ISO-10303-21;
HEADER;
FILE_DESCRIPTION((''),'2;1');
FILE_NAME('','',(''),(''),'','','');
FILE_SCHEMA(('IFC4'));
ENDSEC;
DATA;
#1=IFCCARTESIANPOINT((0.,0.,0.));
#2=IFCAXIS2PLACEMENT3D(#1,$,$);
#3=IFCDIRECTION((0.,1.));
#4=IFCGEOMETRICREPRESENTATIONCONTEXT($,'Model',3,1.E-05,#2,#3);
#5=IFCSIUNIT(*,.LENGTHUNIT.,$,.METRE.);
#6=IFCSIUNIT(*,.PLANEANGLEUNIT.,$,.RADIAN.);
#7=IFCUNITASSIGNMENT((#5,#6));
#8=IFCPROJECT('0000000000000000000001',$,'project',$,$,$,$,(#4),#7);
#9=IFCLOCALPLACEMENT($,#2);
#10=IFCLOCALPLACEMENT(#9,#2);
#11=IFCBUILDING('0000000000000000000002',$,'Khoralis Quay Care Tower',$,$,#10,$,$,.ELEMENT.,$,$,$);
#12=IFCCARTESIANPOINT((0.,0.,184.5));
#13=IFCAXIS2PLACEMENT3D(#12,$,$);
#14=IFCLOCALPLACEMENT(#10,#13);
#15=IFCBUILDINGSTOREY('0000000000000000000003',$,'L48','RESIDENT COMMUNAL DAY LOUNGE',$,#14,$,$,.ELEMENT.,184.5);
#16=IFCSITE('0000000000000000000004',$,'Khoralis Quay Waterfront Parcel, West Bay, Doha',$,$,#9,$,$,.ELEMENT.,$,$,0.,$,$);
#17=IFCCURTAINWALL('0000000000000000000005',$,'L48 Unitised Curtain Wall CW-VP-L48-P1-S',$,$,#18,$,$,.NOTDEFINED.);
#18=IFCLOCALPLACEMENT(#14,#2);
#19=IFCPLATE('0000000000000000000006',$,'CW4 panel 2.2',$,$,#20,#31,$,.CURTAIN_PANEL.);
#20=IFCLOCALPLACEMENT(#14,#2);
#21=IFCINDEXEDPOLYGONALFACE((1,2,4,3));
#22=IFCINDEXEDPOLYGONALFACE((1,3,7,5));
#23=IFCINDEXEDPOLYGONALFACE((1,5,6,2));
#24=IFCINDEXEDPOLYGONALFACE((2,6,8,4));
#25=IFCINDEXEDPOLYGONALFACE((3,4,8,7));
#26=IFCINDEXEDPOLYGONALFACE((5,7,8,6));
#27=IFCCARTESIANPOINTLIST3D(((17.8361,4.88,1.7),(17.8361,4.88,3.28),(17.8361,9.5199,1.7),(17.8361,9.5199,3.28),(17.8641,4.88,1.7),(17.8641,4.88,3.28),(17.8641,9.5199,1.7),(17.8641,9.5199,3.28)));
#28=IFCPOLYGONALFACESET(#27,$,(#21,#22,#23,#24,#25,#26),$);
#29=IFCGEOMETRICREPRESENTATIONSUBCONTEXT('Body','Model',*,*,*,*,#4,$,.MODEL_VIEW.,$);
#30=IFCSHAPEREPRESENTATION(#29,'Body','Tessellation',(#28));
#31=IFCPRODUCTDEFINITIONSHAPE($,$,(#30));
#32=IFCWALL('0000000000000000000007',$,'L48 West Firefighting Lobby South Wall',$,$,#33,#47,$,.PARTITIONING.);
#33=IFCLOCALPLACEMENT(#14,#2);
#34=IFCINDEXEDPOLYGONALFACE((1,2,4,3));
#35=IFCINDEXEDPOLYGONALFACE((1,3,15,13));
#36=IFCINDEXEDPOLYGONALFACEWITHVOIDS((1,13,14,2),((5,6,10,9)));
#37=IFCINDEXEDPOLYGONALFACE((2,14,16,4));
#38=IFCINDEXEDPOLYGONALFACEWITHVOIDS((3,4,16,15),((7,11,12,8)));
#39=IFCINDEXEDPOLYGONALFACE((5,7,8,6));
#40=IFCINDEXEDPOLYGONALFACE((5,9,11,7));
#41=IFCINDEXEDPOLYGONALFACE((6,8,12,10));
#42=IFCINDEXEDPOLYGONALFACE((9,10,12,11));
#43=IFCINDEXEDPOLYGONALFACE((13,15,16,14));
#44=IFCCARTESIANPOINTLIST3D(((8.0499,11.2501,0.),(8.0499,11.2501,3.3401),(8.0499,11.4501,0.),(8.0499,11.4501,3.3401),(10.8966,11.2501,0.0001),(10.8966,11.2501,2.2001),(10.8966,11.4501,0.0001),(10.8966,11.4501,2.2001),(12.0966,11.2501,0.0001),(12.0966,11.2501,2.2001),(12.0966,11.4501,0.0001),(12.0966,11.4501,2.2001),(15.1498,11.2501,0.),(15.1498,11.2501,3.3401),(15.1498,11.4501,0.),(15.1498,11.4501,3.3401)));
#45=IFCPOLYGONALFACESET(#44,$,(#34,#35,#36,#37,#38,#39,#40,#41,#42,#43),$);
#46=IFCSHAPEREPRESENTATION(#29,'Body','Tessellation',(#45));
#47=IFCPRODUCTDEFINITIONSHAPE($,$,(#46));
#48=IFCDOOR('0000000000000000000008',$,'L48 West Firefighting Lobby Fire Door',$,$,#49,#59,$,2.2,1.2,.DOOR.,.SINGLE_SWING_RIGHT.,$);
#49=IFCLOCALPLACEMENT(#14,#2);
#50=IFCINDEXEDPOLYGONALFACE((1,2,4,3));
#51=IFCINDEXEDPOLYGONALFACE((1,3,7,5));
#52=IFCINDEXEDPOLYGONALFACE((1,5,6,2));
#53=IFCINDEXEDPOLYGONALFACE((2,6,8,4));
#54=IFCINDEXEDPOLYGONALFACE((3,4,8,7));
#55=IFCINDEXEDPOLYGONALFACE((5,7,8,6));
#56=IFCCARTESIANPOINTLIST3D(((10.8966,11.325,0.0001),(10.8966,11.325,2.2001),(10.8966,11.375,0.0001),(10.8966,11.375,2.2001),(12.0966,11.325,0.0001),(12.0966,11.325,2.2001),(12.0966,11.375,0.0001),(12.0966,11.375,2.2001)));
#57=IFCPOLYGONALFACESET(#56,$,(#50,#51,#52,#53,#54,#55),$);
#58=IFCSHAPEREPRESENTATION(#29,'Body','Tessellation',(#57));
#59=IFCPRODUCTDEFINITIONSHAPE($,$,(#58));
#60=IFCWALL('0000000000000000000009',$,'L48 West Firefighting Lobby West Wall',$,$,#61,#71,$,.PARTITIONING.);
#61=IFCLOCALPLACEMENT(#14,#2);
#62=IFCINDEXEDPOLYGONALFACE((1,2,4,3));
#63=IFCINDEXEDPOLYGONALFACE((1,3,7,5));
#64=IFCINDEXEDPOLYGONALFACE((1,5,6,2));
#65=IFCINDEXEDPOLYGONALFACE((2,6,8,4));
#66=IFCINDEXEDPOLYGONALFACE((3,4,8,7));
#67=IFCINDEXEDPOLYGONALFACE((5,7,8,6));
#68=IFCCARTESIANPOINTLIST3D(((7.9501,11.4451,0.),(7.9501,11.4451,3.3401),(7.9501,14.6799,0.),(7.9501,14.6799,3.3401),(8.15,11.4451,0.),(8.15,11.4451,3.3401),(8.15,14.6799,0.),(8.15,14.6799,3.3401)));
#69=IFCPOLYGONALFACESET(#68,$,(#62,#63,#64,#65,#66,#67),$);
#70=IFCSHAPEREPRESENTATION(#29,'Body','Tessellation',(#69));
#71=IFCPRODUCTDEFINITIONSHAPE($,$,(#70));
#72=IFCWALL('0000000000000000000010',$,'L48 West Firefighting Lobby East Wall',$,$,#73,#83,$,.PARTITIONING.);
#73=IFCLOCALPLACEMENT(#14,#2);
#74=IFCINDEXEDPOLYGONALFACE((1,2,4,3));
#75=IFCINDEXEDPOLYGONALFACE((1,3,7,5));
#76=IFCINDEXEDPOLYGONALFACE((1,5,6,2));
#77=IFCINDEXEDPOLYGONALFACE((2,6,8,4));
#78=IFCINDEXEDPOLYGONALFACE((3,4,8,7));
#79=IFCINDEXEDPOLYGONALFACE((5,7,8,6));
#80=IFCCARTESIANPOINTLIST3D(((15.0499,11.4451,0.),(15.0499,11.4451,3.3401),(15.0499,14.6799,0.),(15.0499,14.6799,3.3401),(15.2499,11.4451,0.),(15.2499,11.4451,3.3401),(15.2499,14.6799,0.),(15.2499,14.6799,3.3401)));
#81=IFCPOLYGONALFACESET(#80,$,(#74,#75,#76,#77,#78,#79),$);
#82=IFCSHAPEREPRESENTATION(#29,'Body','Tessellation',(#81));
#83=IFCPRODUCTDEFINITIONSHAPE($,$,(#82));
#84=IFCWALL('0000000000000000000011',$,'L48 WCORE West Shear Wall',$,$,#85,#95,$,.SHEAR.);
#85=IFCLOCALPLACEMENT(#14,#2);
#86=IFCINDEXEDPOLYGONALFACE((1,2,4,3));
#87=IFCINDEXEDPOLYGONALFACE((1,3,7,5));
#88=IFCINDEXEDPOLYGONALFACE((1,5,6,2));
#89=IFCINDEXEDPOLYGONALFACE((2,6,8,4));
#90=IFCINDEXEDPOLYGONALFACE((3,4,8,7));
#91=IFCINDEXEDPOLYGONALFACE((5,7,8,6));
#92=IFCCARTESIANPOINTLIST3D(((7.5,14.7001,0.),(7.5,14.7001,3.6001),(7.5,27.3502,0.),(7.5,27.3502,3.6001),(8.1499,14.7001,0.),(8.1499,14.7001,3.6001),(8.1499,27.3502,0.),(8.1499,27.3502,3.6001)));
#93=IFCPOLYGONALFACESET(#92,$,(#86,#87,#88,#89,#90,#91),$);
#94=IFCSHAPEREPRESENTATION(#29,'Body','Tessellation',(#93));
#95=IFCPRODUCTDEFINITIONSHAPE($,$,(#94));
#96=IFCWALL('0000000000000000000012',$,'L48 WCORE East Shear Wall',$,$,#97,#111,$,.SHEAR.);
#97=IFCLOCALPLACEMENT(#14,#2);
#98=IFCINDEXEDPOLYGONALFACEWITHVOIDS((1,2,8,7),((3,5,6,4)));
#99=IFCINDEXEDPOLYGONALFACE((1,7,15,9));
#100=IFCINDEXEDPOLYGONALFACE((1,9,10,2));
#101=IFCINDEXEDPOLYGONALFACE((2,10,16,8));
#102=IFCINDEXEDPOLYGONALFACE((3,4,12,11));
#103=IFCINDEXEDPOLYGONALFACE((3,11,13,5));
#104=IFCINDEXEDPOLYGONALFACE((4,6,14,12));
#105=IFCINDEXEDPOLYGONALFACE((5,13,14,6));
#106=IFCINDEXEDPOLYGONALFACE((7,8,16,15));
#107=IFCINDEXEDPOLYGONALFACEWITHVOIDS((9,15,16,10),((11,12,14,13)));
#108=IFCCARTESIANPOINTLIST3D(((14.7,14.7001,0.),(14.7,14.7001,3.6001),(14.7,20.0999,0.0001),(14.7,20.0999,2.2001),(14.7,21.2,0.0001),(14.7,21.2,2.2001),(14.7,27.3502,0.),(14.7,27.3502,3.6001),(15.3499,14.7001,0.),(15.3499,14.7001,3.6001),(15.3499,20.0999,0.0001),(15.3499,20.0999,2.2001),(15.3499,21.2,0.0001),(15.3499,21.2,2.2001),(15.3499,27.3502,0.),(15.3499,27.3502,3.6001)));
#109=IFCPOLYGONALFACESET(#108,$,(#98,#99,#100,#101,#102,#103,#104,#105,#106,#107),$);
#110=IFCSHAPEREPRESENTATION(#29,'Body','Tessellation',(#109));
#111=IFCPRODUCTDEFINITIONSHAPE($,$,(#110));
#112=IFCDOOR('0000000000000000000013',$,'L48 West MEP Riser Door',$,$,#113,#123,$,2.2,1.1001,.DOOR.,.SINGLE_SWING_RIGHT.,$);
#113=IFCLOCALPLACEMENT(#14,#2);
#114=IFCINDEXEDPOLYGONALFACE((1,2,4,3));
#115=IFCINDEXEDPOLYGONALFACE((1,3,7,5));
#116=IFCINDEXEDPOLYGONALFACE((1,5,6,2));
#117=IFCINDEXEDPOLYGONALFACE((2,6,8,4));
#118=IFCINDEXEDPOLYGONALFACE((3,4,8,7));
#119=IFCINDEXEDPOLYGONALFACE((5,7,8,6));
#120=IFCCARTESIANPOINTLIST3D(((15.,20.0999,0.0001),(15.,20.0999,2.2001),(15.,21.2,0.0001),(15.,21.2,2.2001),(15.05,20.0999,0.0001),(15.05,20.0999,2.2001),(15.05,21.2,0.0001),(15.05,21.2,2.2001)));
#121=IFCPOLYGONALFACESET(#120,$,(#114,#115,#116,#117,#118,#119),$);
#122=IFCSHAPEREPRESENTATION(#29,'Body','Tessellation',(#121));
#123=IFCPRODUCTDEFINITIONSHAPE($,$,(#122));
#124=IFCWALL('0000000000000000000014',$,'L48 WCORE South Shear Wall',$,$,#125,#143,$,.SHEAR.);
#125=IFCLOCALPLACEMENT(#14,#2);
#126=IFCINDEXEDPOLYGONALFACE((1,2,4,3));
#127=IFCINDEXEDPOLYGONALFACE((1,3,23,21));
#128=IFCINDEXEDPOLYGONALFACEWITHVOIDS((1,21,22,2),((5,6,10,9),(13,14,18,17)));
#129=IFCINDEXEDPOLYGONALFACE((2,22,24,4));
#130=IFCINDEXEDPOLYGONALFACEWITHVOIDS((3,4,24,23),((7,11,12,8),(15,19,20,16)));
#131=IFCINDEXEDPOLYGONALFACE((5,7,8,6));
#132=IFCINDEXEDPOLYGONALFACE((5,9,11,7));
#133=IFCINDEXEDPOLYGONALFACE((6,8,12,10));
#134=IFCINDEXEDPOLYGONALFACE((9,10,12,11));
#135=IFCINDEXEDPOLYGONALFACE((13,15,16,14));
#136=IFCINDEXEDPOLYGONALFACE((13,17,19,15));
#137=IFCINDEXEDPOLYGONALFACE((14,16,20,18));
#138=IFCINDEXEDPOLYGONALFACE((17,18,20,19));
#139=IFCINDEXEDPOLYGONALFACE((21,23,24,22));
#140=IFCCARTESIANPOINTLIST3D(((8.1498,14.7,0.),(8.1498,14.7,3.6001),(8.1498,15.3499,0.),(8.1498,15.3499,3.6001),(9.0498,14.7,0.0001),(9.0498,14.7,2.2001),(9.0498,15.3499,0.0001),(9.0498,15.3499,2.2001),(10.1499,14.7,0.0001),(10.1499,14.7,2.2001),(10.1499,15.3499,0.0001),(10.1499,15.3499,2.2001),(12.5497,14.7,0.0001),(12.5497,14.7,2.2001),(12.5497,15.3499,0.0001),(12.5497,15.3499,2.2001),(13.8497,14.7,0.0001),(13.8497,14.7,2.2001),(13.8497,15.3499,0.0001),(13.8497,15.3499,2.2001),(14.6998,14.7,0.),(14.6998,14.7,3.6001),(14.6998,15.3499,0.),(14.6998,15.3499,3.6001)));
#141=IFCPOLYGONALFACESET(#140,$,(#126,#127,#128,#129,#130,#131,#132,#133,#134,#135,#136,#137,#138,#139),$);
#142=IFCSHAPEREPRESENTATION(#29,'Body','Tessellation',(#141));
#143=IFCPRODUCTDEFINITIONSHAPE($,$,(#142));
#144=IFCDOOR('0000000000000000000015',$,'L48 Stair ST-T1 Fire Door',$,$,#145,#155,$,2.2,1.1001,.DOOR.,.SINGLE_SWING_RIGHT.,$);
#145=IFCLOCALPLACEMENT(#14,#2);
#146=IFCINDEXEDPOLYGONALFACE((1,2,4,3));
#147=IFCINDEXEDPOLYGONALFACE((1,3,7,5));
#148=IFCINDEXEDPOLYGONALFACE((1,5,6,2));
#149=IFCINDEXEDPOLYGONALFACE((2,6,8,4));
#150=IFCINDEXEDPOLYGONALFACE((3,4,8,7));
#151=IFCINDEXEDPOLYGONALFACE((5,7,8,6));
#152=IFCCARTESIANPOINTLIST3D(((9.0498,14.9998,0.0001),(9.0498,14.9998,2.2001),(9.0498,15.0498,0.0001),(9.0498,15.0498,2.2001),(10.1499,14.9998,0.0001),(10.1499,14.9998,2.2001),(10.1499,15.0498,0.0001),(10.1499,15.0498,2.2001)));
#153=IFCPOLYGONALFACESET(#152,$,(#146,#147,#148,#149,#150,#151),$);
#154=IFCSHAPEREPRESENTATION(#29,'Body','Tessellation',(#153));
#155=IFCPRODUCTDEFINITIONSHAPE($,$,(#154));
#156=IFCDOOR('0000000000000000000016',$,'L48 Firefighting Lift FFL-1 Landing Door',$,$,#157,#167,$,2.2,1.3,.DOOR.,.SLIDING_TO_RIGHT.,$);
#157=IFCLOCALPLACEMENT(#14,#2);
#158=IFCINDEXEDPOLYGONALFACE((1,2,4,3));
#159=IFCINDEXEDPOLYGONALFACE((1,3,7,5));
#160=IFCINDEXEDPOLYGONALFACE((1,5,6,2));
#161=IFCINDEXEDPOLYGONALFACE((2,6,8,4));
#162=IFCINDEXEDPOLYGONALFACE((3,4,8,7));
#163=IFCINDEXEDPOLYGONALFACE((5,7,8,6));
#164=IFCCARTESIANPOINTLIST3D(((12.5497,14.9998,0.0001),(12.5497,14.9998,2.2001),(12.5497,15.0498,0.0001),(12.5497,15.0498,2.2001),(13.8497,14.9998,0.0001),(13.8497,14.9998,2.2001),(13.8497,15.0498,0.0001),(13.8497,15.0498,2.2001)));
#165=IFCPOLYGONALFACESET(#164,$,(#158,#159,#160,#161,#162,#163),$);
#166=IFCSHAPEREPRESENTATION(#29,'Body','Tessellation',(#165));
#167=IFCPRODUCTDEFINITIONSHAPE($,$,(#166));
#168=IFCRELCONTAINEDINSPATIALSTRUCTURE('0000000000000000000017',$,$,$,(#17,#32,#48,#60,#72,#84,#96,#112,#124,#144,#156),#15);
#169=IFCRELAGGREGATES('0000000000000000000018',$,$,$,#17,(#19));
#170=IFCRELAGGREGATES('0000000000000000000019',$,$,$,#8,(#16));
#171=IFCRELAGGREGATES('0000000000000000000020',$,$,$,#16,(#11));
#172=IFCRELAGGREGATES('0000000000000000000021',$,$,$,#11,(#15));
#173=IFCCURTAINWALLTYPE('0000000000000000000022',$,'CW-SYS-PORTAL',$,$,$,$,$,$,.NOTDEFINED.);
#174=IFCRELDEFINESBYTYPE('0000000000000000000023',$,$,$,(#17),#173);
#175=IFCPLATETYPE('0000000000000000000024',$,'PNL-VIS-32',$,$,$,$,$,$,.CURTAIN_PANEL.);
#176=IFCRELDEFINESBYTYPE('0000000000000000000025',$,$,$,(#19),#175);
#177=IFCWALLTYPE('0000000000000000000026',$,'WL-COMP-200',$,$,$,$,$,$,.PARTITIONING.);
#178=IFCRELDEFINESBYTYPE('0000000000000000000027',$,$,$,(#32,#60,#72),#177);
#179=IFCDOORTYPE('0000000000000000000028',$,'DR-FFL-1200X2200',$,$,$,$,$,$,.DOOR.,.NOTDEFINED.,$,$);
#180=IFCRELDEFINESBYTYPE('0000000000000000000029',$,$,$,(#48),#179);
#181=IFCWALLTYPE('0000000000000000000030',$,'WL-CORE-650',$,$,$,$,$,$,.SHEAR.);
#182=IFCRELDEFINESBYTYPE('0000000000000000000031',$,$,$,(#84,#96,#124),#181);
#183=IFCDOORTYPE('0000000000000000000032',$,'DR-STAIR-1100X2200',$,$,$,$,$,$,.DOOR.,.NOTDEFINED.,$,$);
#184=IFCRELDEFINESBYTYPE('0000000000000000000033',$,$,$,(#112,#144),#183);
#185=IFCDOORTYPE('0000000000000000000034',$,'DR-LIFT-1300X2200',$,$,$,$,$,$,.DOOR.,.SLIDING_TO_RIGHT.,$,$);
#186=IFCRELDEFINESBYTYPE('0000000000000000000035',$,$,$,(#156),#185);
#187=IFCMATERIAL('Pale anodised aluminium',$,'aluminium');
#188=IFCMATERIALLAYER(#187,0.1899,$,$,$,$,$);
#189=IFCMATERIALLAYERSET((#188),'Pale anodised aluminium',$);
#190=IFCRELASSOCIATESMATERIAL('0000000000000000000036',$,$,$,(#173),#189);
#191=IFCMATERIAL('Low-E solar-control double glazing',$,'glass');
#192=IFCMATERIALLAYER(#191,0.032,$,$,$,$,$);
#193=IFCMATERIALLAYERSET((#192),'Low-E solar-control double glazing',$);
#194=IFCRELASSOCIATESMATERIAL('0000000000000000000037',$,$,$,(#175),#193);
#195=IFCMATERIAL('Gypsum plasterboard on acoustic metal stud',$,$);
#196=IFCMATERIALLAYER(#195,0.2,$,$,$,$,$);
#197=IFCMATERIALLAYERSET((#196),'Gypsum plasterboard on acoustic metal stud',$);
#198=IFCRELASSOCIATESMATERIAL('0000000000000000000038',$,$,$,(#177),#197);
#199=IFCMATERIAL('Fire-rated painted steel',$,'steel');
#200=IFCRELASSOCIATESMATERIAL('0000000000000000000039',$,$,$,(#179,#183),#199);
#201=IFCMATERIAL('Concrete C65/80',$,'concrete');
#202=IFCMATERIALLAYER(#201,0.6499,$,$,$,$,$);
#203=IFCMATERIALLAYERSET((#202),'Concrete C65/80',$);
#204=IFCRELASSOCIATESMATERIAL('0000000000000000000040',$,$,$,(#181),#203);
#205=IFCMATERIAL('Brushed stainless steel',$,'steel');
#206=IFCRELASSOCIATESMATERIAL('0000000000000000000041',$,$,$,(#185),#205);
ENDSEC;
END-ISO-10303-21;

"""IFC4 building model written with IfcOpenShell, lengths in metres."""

from ifc_helpers import new_model, si_unit, direction, frame, frame_2d, origin, origin_2d, place, context, subcontext, project, spatial, rectangle, extrude, source, transform, mapped, material, layer, layer_set, type_object, element, fill, aggregate, save


model = new_model("IFC4")

# Units and contexts
model_context = context("Model", 3, precision=1e-05, world=origin(), true_north=direction((0.0, 1.0)))
body_context = subcontext(model_context, "Body", "Model", "MODEL_VIEW")
ifc_project = project(units=[si_unit("LENGTHUNIT", "METRE"), si_unit("PLANEANGLEUNIT", "RADIAN")], contexts=[model_context])

# Site, building, storey
site_placement = place(None, origin())
site = spatial("IfcSite", under=ifc_project, at=site_placement, Name="Khoralis Quay Waterfront Parcel, West Bay, Doha", CompositionType="ELEMENT", RefElevation=0.0)
building_placement = place(site_placement, origin())
building = spatial("IfcBuilding", under=site, at=building_placement, Name="Khoralis Quay Care Tower", CompositionType="ELEMENT")
storey_placement = place(building_placement, frame((0.0, 0.0, 184.5)))
storey = spatial("IfcBuildingStorey", under=building, at=storey_placement, Name="L48", Description="RESIDENT COMMUNAL DAY LOUNGE", CompositionType="ELEMENT", Elevation=184.5)

# Curtain wall, plate
ifc_material_1 = material(Name="Pale anodised aluminium", Category="aluminium")
ifc_layer_1 = layer(ifc_material_1, 0.1899)
ifc_layer_set_1 = layer_set([ifc_layer_1], Name="Pale anodised aluminium")
curtain_wall_type = type_object("IfcCurtainWallType", Name="CW-SYS-PORTAL", PredefinedType="NOTDEFINED", material=ifc_layer_set_1)
curtain_wall_placement = place(storey_placement, origin())
curtain_wall = element("IfcCurtainWall", 1, at=curtain_wall_placement, inside=storey, type_object=curtain_wall_type, Name="L48 Unitised Curtain Wall CW-VP-L48-P1-S", PredefinedType="NOTDEFINED")
ifc_material_2 = material(Name="Low-E solar-control double glazing", Category="glass")
ifc_layer_2 = layer(ifc_material_2, 0.032)
ifc_layer_set_2 = layer_set([ifc_layer_2], Name="Low-E solar-control double glazing")
plate_type = type_object("IfcPlateType", Name="PNL-VIS-32", PredefinedType="CURTAIN_PANEL", material=ifc_layer_set_2)
shared_shape_1 = source(origin(), body_context, "Body", "SweptSolid", [
    extrude(rectangle(XDim=4.6399, YDim=0.0281, at=origin_2d()), origin(), (0.0, 0.0, 1.0), 1.5801),
])
plate_1_placement = place(storey_placement, frame((17.8501, 7.2, 1.7), z_axis=(0.0, 0.0, 1.0), x_axis=(0.0, 1.0, 0.0)))
plate_1 = element("IfcPlate", 2, at=plate_1_placement, type_object=plate_type, Name="CW4 panel 2.2", PredefinedType="CURTAIN_PANEL", context=body_context, shape_type="MappedRepresentation", body=[
    mapped(shared_shape_1, transform((0.0, 0.0, 0.0), scale=1.0)),
])
aggregate(curtain_wall, [plate_1])

# Wall, opening, door
ifc_material_3 = material(Name="Gypsum plasterboard on acoustic metal stud")
ifc_layer_3 = layer(ifc_material_3, 0.2)
ifc_layer_set_3 = layer_set([ifc_layer_3], Name="Gypsum plasterboard on acoustic metal stud")
wall_type_1 = type_object("IfcWallType", Name="WL-COMP-200", PredefinedType="PARTITIONING", material=ifc_layer_set_3)
wall_1_placement = place(storey_placement, frame((8.05, 11.3501, 0.0), z_axis=(0.0, 0.0, 1.0), x_axis=(1.0, 0.0, 0.0)))
wall_1 = element("IfcWall", 3, at=wall_1_placement, inside=storey, type_object=wall_type_1, Name="L48 West Firefighting Lobby South Wall", PredefinedType="PARTITIONING", context=body_context, shape_type="SweptSolid", body=[
    extrude(rectangle(XDim=7.0999, YDim=0.2, at=frame_2d((3.5498, 0.0))), origin(), (0.0, 0.0, 1.0), 3.3401),
])
opening_1_placement = place(wall_1_placement, frame((2.8464, 0.0, 0.0)))
opening_1 = element("IfcOpeningElement", 4, at=opening_1_placement, cuts=wall_1, PredefinedType="OPENING", context=body_context, shape_type="SweptSolid", body=[
    extrude(rectangle(XDim=1.2, YDim=2.2, at=frame_2d((0.6001, 1.1001))), frame((0.0, 0.1099, 0.0), z_axis=(0.0, -1.0, 0.0), x_axis=(1.0, 0.0, 0.0)), (0.0, 0.0, 1.0), 0.22),
])
ifc_material_4 = material(Name="Fire-rated painted steel", Category="steel")
door_type_1 = type_object("IfcDoorType", Name="DR-FFL-1200X2200", OperationType="NOTDEFINED", PredefinedType="DOOR", material=ifc_material_4)
shared_shape_2 = source(origin(), body_context, "Body", "SweptSolid", [
    extrude(rectangle(XDim=1.2, YDim=2.2, at=frame_2d((0.6001, 1.1001))), frame((0.0, 0.0249, 0.0), z_axis=(0.0, -1.0, 0.0), x_axis=(1.0, 0.0, 0.0)), (0.0, 0.0, 1.0), 0.05),
])
door_1_placement = place(opening_1_placement, origin())
door_1 = element("IfcDoor", 5, at=door_1_placement, inside=storey, type_object=door_type_1, Name="L48 West Firefighting Lobby Fire Door", OperationType="SINGLE_SWING_RIGHT", OverallHeight=2.2, OverallWidth=1.2, PredefinedType="DOOR", context=body_context, shape_type="MappedRepresentation", body=[
    mapped(shared_shape_2, transform((0.0, 0.0, 0.0), scale=1.0)),
])
fill(opening_1, door_1)

# Walls
for number, where, z_axis, x_axis, name in (
    (6, (8.05, 11.4451, 0.0), (0.0, 0.0, 1.0), (0.0, 1.0, 0.0), "L48 West Firefighting Lobby West Wall"),
    (7, (15.1499, 11.4451, 0.0), (0.0, 0.0, 1.0), (0.0, 1.0, 0.0), "L48 West Firefighting Lobby East Wall"),
):
    element("IfcWall", number, at=place(storey_placement, frame(where, z_axis=z_axis, x_axis=x_axis)), inside=storey, type_object=wall_type_1, Name=name, PredefinedType="PARTITIONING", context=body_context, shape_type="SweptSolid", body=[
        extrude(rectangle(XDim=3.2349, YDim=0.2, at=frame_2d((1.6174, 0.0))), origin(), (0.0, 0.0, 1.0), 3.3401),
    ])
ifc_material_5 = material(Name="Concrete C65/80", Category="concrete")
ifc_layer_4 = layer(ifc_material_5, 0.6499)
ifc_layer_set_4 = layer_set([ifc_layer_4], Name="Concrete C65/80")
wall_type_2 = type_object("IfcWallType", Name="WL-CORE-650", PredefinedType="SHEAR", material=ifc_layer_set_4)
wall_2_placement = place(storey_placement, frame((7.825, 14.7, 0.0), z_axis=(0.0, 0.0, 1.0), x_axis=(0.0, 1.0, 0.0)))
element("IfcWall", 8, at=wall_2_placement, inside=storey, type_object=wall_type_2, Name="L48 WCORE West Shear Wall", PredefinedType="SHEAR", context=body_context, shape_type="SweptSolid", body=[
    extrude(rectangle(XDim=12.6501, YDim=0.6499, at=frame_2d((6.3252, 0.0))), origin(), (0.0, 0.0, 1.0), 3.6001),
])

# Wall, opening, door
wall_3_placement = place(storey_placement, frame((15.0249, 14.7, 0.0), z_axis=(0.0, 0.0, 1.0), x_axis=(0.0, 1.0, 0.0)))
wall_3 = element("IfcWall", 9, at=wall_3_placement, inside=storey, type_object=wall_type_2, Name="L48 WCORE East Shear Wall", PredefinedType="SHEAR", context=body_context, shape_type="SweptSolid", body=[
    extrude(rectangle(XDim=12.6501, YDim=0.6499, at=frame_2d((6.3252, 0.0))), origin(), (0.0, 0.0, 1.0), 3.6001),
])
opening_2_placement = place(wall_3_placement, frame((5.3999, 0.0, 0.0)))
opening_2 = element("IfcOpeningElement", 10, at=opening_2_placement, cuts=wall_3, PredefinedType="OPENING", context=body_context, shape_type="SweptSolid", body=[
    extrude(rectangle(XDim=1.1001, YDim=2.2, at=frame_2d((0.55, 1.1001))), frame((0.0, 0.335, 0.0), z_axis=(0.0, -1.0, 0.0), x_axis=(1.0, 0.0, 0.0)), (0.0, 0.0, 1.0), 0.6699),
])
door_type_2 = type_object("IfcDoorType", Name="DR-STAIR-1100X2200", OperationType="NOTDEFINED", PredefinedType="DOOR", material=ifc_material_4)
shared_shape_3 = source(origin(), body_context, "Body", "SweptSolid", [
    extrude(rectangle(XDim=1.1001, YDim=2.2, at=frame_2d((0.55, 1.1001))), frame((0.0, 0.0249, 0.0), z_axis=(0.0, -1.0, 0.0), x_axis=(1.0, 0.0, 0.0)), (0.0, 0.0, 1.0), 0.05),
])
door_2_placement = place(opening_2_placement, origin())
door_2 = element("IfcDoor", 11, at=door_2_placement, inside=storey, type_object=door_type_2, Name="L48 West MEP Riser Door", OperationType="SINGLE_SWING_RIGHT", OverallHeight=2.2, OverallWidth=1.1001, PredefinedType="DOOR", context=body_context, shape_type="MappedRepresentation", body=[
    mapped(shared_shape_3, transform((0.0, 0.0, 0.0), scale=1.0)),
])
fill(opening_2, door_2)

# Wall, openings, doors
wall_4_placement = place(storey_placement, frame((8.1499, 15.0249, 0.0), z_axis=(0.0, 0.0, 1.0), x_axis=(1.0, 0.0, 0.0)))
wall_4 = element("IfcWall", 12, at=wall_4_placement, inside=storey, type_object=wall_type_2, Name="L48 WCORE South Shear Wall", PredefinedType="SHEAR", context=body_context, shape_type="SweptSolid", body=[
    extrude(rectangle(XDim=6.55, YDim=0.6499, at=frame_2d((3.2749, 0.0))), origin(), (0.0, 0.0, 1.0), 3.6001),
])
opening_3_placement = place(wall_4_placement, frame((0.8999, 0.0, 0.0)))
opening_3 = element("IfcOpeningElement", 13, at=opening_3_placement, cuts=wall_4, PredefinedType="OPENING", context=body_context, shape_type="SweptSolid", body=[
    extrude(rectangle(XDim=1.1001, YDim=2.2, at=frame_2d((0.55, 1.1001))), frame((0.0, 0.335, 0.0), z_axis=(0.0, -1.0, 0.0), x_axis=(1.0, 0.0, 0.0)), (0.0, 0.0, 1.0), 0.6699),
])
opening_4_placement = place(wall_4_placement, frame((4.3999, 0.0, 0.0)))
opening_4 = element("IfcOpeningElement", 14, at=opening_4_placement, cuts=wall_4, PredefinedType="OPENING", context=body_context, shape_type="SweptSolid", body=[
    extrude(rectangle(XDim=1.3, YDim=2.2, at=frame_2d((0.6499, 1.1001))), frame((0.0, 0.335, 0.0), z_axis=(0.0, -1.0, 0.0), x_axis=(1.0, 0.0, 0.0)), (0.0, 0.0, 1.0), 0.6699),
])
door_3_placement = place(opening_3_placement, origin())
door_3 = element("IfcDoor", 15, at=door_3_placement, inside=storey, type_object=door_type_2, Name="L48 Stair ST-T1 Fire Door", OperationType="SINGLE_SWING_RIGHT", OverallHeight=2.2, OverallWidth=1.1001, PredefinedType="DOOR", context=body_context, shape_type="MappedRepresentation", body=[
    mapped(shared_shape_3, transform((0.0, 0.0, 0.0), scale=1.0)),
])
fill(opening_3, door_3)
ifc_material_6 = material(Name="Brushed stainless steel", Category="steel")
door_type_3 = type_object("IfcDoorType", Name="DR-LIFT-1300X2200", OperationType="SLIDING_TO_RIGHT", PredefinedType="DOOR", material=ifc_material_6)
shared_shape_4 = source(origin(), body_context, "Body", "SweptSolid", [
    extrude(rectangle(XDim=1.3, YDim=2.2, at=frame_2d((0.6499, 1.1001))), frame((0.0, 0.0249, 0.0), z_axis=(0.0, -1.0, 0.0), x_axis=(1.0, 0.0, 0.0)), (0.0, 0.0, 1.0), 0.05),
])
door_4_placement = place(opening_4_placement, origin())
door_4 = element("IfcDoor", 16, at=door_4_placement, inside=storey, type_object=door_type_3, Name="L48 Firefighting Lift FFL-1 Landing Door", OperationType="SLIDING_TO_RIGHT", OverallHeight=2.2, OverallWidth=1.3, PredefinedType="DOOR", context=body_context, shape_type="MappedRepresentation", body=[
    mapped(shared_shape_4, transform((0.0, 0.0, 0.0), scale=1.0)),
])
fill(opening_4, door_4)

save(model, "model.ifc")
